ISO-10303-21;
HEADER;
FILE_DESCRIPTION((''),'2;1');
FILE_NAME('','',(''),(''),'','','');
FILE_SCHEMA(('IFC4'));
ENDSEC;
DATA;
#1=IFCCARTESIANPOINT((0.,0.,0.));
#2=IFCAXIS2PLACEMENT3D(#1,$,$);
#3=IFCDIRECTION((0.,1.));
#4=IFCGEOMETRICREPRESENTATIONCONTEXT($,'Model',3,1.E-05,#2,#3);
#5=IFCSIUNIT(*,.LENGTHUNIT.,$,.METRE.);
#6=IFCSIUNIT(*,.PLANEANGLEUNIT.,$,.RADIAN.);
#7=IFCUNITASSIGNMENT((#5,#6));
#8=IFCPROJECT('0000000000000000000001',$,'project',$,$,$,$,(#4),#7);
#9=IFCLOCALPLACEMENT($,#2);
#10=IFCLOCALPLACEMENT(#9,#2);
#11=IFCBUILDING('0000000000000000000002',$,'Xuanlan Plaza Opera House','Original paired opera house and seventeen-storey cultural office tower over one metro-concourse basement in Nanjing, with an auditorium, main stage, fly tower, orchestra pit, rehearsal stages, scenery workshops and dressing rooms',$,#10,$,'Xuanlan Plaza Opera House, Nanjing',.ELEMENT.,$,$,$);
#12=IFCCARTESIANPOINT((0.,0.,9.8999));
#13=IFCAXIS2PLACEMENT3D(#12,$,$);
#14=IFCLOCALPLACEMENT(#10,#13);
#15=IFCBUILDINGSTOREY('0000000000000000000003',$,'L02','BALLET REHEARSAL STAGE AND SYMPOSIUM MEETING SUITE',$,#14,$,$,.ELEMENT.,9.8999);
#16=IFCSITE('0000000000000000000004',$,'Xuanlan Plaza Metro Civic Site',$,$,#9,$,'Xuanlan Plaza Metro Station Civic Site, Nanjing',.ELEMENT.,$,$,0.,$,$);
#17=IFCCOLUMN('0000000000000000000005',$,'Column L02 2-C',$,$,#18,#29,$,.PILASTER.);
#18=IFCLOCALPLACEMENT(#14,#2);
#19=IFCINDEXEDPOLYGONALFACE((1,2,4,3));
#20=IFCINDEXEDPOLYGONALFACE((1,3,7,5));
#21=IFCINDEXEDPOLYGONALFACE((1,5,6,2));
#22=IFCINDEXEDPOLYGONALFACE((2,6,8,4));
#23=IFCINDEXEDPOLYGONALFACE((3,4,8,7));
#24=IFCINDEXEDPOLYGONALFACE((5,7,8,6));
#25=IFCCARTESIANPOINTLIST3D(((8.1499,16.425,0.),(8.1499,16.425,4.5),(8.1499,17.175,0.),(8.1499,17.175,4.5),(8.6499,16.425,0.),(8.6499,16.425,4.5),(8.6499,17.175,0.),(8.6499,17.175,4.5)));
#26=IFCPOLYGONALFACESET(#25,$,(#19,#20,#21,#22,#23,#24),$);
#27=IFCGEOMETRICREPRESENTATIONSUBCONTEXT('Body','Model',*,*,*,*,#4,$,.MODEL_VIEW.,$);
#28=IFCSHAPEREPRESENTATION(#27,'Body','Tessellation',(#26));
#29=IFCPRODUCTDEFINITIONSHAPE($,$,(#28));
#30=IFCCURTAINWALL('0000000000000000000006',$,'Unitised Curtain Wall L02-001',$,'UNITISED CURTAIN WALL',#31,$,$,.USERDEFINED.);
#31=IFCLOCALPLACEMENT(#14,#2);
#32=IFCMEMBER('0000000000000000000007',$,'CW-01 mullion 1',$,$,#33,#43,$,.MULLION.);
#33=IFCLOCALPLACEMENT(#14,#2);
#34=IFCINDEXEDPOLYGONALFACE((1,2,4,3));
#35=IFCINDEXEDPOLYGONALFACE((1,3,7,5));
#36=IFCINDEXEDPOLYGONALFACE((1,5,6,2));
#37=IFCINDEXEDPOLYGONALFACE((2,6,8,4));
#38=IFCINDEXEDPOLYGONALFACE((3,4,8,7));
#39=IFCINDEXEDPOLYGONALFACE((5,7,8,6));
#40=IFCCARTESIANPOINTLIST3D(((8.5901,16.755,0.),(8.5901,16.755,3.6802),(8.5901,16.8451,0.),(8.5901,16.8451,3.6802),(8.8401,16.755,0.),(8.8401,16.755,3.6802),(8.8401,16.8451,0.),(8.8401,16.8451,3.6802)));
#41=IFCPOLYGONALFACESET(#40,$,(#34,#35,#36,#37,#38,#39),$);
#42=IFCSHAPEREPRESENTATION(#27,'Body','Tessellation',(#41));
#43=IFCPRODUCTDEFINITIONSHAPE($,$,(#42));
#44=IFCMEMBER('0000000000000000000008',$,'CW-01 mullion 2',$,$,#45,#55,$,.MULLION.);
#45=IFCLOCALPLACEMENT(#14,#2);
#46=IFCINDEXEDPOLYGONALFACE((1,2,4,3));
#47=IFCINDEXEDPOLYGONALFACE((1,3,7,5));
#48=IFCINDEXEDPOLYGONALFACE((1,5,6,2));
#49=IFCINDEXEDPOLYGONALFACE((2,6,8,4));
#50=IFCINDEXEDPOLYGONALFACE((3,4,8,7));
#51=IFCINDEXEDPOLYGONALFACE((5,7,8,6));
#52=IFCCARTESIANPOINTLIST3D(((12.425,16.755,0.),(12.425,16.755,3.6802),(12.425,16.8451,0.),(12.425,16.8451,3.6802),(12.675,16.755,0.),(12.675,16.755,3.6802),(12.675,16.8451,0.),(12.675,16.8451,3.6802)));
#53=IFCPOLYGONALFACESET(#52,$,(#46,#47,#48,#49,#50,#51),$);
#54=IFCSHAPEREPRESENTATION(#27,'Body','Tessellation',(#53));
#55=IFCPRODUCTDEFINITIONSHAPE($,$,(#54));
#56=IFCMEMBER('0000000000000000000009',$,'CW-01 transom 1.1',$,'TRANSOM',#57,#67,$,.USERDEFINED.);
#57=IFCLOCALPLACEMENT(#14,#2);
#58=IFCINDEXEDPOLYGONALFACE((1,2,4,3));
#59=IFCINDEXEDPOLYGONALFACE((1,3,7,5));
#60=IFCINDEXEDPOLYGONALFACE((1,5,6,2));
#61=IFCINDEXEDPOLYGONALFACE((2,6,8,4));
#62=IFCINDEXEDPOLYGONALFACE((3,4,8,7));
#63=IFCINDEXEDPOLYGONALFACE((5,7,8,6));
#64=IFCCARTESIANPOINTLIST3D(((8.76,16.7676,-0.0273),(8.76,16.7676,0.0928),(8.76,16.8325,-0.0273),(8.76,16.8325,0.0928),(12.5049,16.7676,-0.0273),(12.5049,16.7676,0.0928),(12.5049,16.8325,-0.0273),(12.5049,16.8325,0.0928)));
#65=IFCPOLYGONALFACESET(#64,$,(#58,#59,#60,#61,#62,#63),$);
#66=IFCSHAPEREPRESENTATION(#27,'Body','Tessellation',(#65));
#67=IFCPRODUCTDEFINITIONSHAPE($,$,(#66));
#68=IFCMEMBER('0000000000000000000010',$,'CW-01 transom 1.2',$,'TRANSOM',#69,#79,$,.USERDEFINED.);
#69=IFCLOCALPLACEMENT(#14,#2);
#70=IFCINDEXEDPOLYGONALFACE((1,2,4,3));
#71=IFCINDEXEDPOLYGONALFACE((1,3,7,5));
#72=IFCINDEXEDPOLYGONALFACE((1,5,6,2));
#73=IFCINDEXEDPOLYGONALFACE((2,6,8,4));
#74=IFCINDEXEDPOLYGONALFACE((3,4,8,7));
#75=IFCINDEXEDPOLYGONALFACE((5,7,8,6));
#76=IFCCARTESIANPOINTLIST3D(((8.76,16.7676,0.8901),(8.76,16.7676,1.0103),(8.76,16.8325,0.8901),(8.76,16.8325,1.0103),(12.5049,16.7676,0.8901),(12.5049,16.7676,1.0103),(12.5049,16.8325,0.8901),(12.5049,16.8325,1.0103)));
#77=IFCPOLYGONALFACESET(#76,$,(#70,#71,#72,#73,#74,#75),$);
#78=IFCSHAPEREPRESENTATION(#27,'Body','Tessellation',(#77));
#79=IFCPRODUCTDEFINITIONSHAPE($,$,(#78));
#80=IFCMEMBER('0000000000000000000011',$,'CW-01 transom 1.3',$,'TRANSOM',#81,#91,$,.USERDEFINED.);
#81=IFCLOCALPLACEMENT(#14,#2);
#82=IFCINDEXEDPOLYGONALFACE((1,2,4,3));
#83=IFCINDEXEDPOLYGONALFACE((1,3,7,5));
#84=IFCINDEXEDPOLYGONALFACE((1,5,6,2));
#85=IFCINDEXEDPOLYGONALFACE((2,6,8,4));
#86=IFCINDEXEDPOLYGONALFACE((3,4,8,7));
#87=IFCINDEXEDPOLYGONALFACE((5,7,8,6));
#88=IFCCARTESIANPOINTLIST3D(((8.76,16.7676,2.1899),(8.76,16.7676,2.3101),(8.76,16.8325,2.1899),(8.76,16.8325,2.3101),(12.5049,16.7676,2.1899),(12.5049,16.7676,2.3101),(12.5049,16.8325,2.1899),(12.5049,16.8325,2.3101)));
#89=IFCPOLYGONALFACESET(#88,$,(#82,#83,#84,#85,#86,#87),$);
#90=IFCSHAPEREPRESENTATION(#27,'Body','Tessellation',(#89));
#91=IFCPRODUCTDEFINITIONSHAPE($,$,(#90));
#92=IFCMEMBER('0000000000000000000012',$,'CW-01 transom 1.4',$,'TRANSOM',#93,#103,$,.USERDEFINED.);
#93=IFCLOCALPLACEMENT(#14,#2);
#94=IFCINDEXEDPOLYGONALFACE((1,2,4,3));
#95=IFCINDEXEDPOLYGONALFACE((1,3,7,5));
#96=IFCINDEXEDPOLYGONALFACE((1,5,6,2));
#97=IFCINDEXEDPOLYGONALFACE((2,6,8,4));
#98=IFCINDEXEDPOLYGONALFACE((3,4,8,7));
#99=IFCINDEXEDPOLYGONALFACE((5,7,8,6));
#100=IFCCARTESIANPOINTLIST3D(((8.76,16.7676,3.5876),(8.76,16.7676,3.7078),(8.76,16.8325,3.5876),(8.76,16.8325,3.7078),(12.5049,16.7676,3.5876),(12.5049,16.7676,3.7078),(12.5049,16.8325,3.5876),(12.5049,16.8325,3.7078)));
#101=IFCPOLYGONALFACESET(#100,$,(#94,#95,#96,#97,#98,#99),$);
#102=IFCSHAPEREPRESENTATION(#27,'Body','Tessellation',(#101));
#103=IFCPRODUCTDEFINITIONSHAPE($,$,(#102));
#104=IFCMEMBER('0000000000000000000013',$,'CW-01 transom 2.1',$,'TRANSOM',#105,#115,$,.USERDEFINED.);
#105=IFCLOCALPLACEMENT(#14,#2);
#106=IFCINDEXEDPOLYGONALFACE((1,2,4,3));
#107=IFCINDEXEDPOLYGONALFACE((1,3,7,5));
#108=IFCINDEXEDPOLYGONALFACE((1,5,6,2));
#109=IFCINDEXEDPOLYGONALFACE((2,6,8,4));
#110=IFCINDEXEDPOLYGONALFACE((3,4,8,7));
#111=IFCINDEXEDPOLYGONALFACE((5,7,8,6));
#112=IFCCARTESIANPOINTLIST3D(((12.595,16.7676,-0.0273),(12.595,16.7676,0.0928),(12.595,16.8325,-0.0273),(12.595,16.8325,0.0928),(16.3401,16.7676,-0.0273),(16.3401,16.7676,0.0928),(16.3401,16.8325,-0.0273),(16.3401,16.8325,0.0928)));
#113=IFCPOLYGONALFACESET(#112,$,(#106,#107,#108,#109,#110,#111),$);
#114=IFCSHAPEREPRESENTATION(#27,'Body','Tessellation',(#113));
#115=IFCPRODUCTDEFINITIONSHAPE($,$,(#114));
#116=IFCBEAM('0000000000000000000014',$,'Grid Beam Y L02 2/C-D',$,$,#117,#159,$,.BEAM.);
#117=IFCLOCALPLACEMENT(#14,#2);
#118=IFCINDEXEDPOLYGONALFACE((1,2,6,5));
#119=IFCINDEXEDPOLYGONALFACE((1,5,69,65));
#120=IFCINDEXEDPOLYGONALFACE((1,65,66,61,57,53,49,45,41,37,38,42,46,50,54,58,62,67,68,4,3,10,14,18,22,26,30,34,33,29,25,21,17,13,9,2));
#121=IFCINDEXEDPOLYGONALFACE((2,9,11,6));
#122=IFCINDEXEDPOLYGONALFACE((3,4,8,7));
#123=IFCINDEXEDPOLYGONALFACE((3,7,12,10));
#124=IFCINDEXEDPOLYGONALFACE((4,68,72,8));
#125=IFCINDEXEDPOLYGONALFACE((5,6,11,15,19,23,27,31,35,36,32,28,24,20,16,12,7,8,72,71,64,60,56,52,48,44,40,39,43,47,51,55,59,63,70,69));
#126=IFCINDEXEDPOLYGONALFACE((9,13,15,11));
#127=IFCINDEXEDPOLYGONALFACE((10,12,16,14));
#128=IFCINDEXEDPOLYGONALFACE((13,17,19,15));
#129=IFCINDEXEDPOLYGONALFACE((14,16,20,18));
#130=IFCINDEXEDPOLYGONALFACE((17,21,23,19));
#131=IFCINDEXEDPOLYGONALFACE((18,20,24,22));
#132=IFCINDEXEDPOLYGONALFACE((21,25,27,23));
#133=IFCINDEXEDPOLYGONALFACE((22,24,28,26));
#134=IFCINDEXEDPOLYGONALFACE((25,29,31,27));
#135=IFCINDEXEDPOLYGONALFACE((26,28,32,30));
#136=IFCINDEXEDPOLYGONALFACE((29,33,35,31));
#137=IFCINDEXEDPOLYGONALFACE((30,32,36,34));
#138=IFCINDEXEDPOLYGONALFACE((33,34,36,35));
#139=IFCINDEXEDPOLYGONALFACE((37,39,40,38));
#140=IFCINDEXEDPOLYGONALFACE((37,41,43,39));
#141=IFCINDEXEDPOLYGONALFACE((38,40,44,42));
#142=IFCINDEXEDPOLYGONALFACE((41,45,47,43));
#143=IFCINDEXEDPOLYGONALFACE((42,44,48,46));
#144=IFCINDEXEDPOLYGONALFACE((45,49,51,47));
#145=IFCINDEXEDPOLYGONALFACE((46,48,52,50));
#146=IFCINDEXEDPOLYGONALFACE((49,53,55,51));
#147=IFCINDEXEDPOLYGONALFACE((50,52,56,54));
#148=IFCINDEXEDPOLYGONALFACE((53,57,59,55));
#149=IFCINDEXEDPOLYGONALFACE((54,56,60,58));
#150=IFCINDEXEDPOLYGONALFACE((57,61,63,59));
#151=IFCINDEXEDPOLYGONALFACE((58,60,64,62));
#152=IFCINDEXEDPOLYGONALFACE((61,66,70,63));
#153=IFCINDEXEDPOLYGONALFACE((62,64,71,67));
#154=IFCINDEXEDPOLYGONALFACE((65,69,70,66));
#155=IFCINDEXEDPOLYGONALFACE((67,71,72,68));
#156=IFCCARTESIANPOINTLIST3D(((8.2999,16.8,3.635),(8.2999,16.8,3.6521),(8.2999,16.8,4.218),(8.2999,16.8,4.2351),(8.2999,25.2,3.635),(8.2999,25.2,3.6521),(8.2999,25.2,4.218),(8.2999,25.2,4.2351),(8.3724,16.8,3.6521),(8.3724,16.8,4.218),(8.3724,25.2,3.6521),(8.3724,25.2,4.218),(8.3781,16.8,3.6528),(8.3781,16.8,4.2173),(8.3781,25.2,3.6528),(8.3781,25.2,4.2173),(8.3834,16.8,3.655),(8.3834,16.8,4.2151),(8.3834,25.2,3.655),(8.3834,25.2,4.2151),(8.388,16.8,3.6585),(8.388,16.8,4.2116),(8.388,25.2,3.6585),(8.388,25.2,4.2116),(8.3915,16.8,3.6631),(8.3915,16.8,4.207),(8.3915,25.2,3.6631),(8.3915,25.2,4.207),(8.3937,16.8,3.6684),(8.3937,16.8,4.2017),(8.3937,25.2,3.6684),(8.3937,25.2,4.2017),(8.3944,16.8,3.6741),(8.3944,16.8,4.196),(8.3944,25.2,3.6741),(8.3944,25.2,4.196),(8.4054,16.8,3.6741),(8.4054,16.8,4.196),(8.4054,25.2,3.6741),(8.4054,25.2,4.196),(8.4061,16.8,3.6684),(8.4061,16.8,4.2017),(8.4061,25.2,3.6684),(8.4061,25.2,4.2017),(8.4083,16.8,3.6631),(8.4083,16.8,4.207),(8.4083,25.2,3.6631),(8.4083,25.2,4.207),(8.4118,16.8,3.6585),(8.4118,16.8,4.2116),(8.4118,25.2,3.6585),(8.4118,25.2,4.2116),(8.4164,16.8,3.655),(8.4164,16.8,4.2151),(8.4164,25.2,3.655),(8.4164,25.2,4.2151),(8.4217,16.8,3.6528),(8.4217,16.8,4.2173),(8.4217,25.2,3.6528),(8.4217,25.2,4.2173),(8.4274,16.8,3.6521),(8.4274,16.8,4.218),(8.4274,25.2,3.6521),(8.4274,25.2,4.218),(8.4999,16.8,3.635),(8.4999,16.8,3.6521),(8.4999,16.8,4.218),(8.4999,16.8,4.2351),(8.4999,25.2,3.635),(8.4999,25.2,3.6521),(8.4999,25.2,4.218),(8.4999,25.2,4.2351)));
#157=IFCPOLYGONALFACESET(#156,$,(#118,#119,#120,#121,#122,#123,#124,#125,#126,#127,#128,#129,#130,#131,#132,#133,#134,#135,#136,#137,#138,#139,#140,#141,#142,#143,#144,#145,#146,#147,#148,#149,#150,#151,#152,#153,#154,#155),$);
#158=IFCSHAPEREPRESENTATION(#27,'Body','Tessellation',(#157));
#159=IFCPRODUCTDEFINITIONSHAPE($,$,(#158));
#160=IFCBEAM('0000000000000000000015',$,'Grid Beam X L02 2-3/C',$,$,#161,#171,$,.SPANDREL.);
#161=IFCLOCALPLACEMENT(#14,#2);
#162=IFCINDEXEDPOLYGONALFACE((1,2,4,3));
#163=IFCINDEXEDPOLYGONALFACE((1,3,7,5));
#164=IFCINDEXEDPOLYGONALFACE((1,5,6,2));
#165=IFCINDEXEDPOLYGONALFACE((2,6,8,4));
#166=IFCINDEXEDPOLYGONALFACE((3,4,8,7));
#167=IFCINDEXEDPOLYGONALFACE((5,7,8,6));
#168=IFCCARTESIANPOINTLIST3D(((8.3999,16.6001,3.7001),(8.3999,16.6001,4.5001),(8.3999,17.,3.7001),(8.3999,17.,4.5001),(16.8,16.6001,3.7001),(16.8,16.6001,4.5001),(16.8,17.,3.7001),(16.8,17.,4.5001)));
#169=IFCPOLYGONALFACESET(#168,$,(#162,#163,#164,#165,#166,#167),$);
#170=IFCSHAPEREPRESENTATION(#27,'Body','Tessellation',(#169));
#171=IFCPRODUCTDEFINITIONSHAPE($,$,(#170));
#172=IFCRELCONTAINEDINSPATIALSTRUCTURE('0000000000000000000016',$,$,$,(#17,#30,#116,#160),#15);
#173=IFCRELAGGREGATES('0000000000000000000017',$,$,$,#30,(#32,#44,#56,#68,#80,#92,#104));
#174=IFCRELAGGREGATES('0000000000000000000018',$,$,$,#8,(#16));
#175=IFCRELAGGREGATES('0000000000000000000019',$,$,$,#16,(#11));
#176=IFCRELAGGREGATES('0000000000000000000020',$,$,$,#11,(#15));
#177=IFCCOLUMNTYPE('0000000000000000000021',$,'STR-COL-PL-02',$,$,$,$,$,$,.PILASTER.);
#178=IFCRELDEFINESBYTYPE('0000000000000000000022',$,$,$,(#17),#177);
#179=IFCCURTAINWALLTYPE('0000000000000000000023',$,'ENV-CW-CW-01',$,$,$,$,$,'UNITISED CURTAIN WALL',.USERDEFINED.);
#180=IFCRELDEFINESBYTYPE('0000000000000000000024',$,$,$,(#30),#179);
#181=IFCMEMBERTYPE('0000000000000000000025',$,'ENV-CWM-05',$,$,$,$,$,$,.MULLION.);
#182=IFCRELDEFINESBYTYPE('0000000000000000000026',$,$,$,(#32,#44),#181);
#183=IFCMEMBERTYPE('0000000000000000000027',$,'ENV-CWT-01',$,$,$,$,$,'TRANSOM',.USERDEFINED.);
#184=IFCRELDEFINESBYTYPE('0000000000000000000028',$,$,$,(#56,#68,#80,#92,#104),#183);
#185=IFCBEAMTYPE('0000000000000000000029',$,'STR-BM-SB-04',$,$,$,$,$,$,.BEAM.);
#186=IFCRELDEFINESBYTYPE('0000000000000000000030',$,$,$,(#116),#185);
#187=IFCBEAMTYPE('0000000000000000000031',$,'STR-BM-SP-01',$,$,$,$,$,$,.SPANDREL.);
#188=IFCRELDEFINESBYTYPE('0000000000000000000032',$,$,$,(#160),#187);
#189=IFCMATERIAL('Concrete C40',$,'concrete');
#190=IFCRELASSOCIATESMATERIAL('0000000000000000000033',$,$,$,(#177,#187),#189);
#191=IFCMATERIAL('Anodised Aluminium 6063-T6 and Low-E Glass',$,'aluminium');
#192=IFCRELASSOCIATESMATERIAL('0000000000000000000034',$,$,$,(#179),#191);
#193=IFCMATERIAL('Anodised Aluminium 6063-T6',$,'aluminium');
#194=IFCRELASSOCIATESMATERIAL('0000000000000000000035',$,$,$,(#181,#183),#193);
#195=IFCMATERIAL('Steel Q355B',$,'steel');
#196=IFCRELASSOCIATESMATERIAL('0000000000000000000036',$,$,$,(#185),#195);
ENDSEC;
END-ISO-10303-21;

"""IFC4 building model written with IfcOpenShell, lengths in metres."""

from ifc_helpers import new_model, si_unit, direction, frame, origin, origin_2d, place, context, subcontext, project, spatial, rectangle, i_section, extrude, material, material_profile, profile_set, type_object, element, aggregate, save


model = new_model("IFC4")

# Units and contexts
model_context = context("Model", 3, precision=1e-05, world=origin(), true_north=direction((0.0, 1.0)))
body_context = subcontext(model_context, "Body", "Model", "MODEL_VIEW")
ifc_project = project(units=[si_unit("LENGTHUNIT", "METRE"), si_unit("PLANEANGLEUNIT", "RADIAN")], contexts=[model_context])

# Site, building, storey
site_placement = place(None, origin())
site = spatial("IfcSite", under=ifc_project, at=site_placement, Name="Xuanlan Plaza Metro Civic Site", LongName="Xuanlan Plaza Metro Station Civic Site, Nanjing", CompositionType="ELEMENT", RefElevation=0.0)
building_placement = place(site_placement, origin())
building = spatial("IfcBuilding", under=site, at=building_placement, Name="Xuanlan Plaza Opera House", Description="Original paired opera house and seventeen-storey cultural office tower over one metro-concourse basement in Nanjing, with an auditorium, main stage, fly tower, orchestra pit, rehearsal stages, scenery workshops and dressing rooms", LongName="Xuanlan Plaza Opera House, Nanjing", CompositionType="ELEMENT")
storey_placement = place(building_placement, frame((0.0, 0.0, 9.8999)))
storey = spatial("IfcBuildingStorey", under=building, at=storey_placement, Name="L02", Description="BALLET REHEARSAL STAGE AND SYMPOSIUM MEETING SUITE", CompositionType="ELEMENT", Elevation=9.8999)

# Column
ifc_material_1 = material(Name="Concrete C40", Category="concrete")
ifc_material_profile_1 = material_profile(ifc_material_1, rectangle(XDim=0.5, YDim=0.75, at=origin_2d()), Name="RC-PIL 500x750")
ifc_profile_set_1 = profile_set([ifc_material_profile_1], Name="Concrete C40")
column_type = type_object("IfcColumnType", Name="STR-COL-PL-02", PredefinedType="PILASTER", material=ifc_profile_set_1)
column_placement = place(storey_placement, frame((8.3999, 16.8, 0.0), z_axis=(0.0, 0.0, 1.0), x_axis=(1.0, 0.0, 0.0)))
element("IfcColumn", 1, at=column_placement, inside=storey, type_object=column_type, Name="Column L02 2-C", PredefinedType="PILASTER", context=body_context, shape_type="SweptSolid", body=[
    extrude(rectangle(XDim=0.5, YDim=0.75, at=origin_2d()), origin(), (0.0, 0.0, 1.0), 4.5),
])

# Curtain wall, members
ifc_material_2 = material(Name="Anodised Aluminium 6063-T6 and Low-E Glass", Category="aluminium")
curtain_wall_type = type_object("IfcCurtainWallType", Name="ENV-CW-CW-01", ElementType="UNITISED CURTAIN WALL", PredefinedType="USERDEFINED", material=ifc_material_2)
curtain_wall_placement = place(storey_placement, origin())
curtain_wall = element("IfcCurtainWall", 2, at=curtain_wall_placement, inside=storey, type_object=curtain_wall_type, Name="Unitised Curtain Wall L02-001", ObjectType="UNITISED CURTAIN WALL", PredefinedType="USERDEFINED")
ifc_material_3 = material(Name="Anodised Aluminium 6063-T6", Category="aluminium")
ifc_material_profile_2 = material_profile(ifc_material_3, rectangle(XDim=0.0901, YDim=0.25, at=origin_2d()), Name="ALU-M 90x250")
ifc_profile_set_2 = profile_set([ifc_material_profile_2], Name="Anodised Aluminium 6063-T6")
member_type_1 = type_object("IfcMemberType", Name="ENV-CWM-05", PredefinedType="MULLION", material=ifc_profile_set_2)
member_1_placement = place(storey_placement, frame((8.7151, 16.8, 0.0), z_axis=(0.0, 0.0, 1.0), x_axis=(0.0, 1.0, 0.0)))
member_1 = element("IfcMember", 3, at=member_1_placement, type_object=member_type_1, Name="CW-01 mullion 1", PredefinedType="MULLION", context=body_context, shape_type="SweptSolid", body=[
    extrude(rectangle(XDim=0.0901, YDim=0.25, at=origin_2d()), origin(), (0.0, 0.0, 1.0), 3.6802),
])
member_2_placement = place(storey_placement, frame((12.55, 16.8, 0.0), z_axis=(0.0, 0.0, 1.0), x_axis=(0.0, 1.0, 0.0)))
member_2 = element("IfcMember", 4, at=member_2_placement, type_object=member_type_1, Name="CW-01 mullion 2", PredefinedType="MULLION", context=body_context, shape_type="SweptSolid", body=[
    extrude(rectangle(XDim=0.0901, YDim=0.25, at=origin_2d()), origin(), (0.0, 0.0, 1.0), 3.6802),
])
ifc_material_profile_3 = material_profile(ifc_material_3, rectangle(XDim=0.0649, YDim=0.1201, at=origin_2d()), Name="ALU-T 65x120")
ifc_profile_set_3 = profile_set([ifc_material_profile_3], Name="Anodised Aluminium 6063-T6")
member_type_2 = type_object("IfcMemberType", Name="ENV-CWT-01", ElementType="TRANSOM", PredefinedType="USERDEFINED", material=ifc_profile_set_3)
member_3_placement = place(storey_placement, frame((8.76, 16.8, 0.0327), z_axis=(1.0, 0.0, 0.0), x_axis=(0.0, 1.0, 0.0)))
member_3 = element("IfcMember", 5, at=member_3_placement, type_object=member_type_2, Name="CW-01 transom 1.1", ObjectType="TRANSOM", PredefinedType="USERDEFINED", context=body_context, shape_type="SweptSolid", body=[
    extrude(rectangle(XDim=0.0649, YDim=0.1201, at=origin_2d()), origin(), (0.0, 0.0, 1.0), 3.7449),
])
member_4_placement = place(storey_placement, frame((8.76, 16.8, 0.9502), z_axis=(1.0, 0.0, 0.0), x_axis=(0.0, 1.0, 0.0)))
member_4 = element("IfcMember", 6, at=member_4_placement, type_object=member_type_2, Name="CW-01 transom 1.2", ObjectType="TRANSOM", PredefinedType="USERDEFINED", context=body_context, shape_type="SweptSolid", body=[
    extrude(rectangle(XDim=0.0649, YDim=0.1201, at=origin_2d()), origin(), (0.0, 0.0, 1.0), 3.7449),
])
member_5_placement = place(storey_placement, frame((8.76, 16.8, 2.25), z_axis=(1.0, 0.0, 0.0), x_axis=(0.0, 1.0, 0.0)))
member_5 = element("IfcMember", 7, at=member_5_placement, type_object=member_type_2, Name="CW-01 transom 1.3", ObjectType="TRANSOM", PredefinedType="USERDEFINED", context=body_context, shape_type="SweptSolid", body=[
    extrude(rectangle(XDim=0.0649, YDim=0.1201, at=origin_2d()), origin(), (0.0, 0.0, 1.0), 3.7449),
])
member_6_placement = place(storey_placement, frame((8.76, 16.8, 3.6477), z_axis=(1.0, 0.0, 0.0), x_axis=(0.0, 1.0, 0.0)))
member_6 = element("IfcMember", 8, at=member_6_placement, type_object=member_type_2, Name="CW-01 transom 1.4", ObjectType="TRANSOM", PredefinedType="USERDEFINED", context=body_context, shape_type="SweptSolid", body=[
    extrude(rectangle(XDim=0.0649, YDim=0.1201, at=origin_2d()), origin(), (0.0, 0.0, 1.0), 3.7449),
])
member_7_placement = place(storey_placement, frame((12.595, 16.8, 0.0327), z_axis=(1.0, 0.0, 0.0), x_axis=(0.0, 1.0, 0.0)))
member_7 = element("IfcMember", 9, at=member_7_placement, type_object=member_type_2, Name="CW-01 transom 2.1", ObjectType="TRANSOM", PredefinedType="USERDEFINED", context=body_context, shape_type="SweptSolid", body=[
    extrude(rectangle(XDim=0.0649, YDim=0.1201, at=origin_2d()), origin(), (0.0, 0.0, 1.0), 3.7451),
])

# Beams
ifc_material_4 = material(Name="Steel Q355B", Category="steel")
ifc_material_profile_4 = material_profile(ifc_material_4, i_section(OverallWidth=0.2, OverallDepth=0.6001, WebThickness=0.011, FlangeThickness=0.0171, FilletRadius=0.022, at=origin_2d()), Name="HN 600x200x11x17")
ifc_profile_set_4 = profile_set([ifc_material_profile_4], Name="Steel Q355B")
beam_type_1 = type_object("IfcBeamType", Name="STR-BM-SB-04", PredefinedType="BEAM", material=ifc_profile_set_4)
beam_1_placement = place(storey_placement, frame((8.3999, 16.8, 3.9351), z_axis=(0.0, 1.0, 0.0), x_axis=(-1.0, 0.0, 0.0)))
element("IfcBeam", 10, at=beam_1_placement, inside=storey, type_object=beam_type_1, Name="Grid Beam Y L02 2/C-D", PredefinedType="BEAM", context=body_context, shape_type="SweptSolid", body=[
    extrude(i_section(OverallWidth=0.2, OverallDepth=0.6001, WebThickness=0.011, FlangeThickness=0.0171, FilletRadius=0.022, at=origin_2d()), origin(), (0.0, 0.0, 1.0), 8.3999),
])
ifc_material_profile_5 = material_profile(ifc_material_1, rectangle(XDim=0.3999, YDim=0.8, at=origin_2d()), Name="RC-SPD 400x800")
ifc_profile_set_5 = profile_set([ifc_material_profile_5], Name="Concrete C40")
beam_type_2 = type_object("IfcBeamType", Name="STR-BM-SP-01", PredefinedType="SPANDREL", material=ifc_profile_set_5)
beam_2_placement = place(storey_placement, frame((8.3999, 16.8, 4.1001), z_axis=(1.0, 0.0, 0.0), x_axis=(0.0, 1.0, 0.0)))
element("IfcBeam", 11, at=beam_2_placement, inside=storey, type_object=beam_type_2, Name="Grid Beam X L02 2-3/C", PredefinedType="SPANDREL", context=body_context, shape_type="SweptSolid", body=[
    extrude(rectangle(XDim=0.3999, YDim=0.8, at=origin_2d()), origin(), (0.0, 0.0, 1.0), 8.4001),
])

aggregate(curtain_wall, [member_1, member_2, member_3, member_4, member_5, member_6, member_7])

save(model, "model.ifc")
